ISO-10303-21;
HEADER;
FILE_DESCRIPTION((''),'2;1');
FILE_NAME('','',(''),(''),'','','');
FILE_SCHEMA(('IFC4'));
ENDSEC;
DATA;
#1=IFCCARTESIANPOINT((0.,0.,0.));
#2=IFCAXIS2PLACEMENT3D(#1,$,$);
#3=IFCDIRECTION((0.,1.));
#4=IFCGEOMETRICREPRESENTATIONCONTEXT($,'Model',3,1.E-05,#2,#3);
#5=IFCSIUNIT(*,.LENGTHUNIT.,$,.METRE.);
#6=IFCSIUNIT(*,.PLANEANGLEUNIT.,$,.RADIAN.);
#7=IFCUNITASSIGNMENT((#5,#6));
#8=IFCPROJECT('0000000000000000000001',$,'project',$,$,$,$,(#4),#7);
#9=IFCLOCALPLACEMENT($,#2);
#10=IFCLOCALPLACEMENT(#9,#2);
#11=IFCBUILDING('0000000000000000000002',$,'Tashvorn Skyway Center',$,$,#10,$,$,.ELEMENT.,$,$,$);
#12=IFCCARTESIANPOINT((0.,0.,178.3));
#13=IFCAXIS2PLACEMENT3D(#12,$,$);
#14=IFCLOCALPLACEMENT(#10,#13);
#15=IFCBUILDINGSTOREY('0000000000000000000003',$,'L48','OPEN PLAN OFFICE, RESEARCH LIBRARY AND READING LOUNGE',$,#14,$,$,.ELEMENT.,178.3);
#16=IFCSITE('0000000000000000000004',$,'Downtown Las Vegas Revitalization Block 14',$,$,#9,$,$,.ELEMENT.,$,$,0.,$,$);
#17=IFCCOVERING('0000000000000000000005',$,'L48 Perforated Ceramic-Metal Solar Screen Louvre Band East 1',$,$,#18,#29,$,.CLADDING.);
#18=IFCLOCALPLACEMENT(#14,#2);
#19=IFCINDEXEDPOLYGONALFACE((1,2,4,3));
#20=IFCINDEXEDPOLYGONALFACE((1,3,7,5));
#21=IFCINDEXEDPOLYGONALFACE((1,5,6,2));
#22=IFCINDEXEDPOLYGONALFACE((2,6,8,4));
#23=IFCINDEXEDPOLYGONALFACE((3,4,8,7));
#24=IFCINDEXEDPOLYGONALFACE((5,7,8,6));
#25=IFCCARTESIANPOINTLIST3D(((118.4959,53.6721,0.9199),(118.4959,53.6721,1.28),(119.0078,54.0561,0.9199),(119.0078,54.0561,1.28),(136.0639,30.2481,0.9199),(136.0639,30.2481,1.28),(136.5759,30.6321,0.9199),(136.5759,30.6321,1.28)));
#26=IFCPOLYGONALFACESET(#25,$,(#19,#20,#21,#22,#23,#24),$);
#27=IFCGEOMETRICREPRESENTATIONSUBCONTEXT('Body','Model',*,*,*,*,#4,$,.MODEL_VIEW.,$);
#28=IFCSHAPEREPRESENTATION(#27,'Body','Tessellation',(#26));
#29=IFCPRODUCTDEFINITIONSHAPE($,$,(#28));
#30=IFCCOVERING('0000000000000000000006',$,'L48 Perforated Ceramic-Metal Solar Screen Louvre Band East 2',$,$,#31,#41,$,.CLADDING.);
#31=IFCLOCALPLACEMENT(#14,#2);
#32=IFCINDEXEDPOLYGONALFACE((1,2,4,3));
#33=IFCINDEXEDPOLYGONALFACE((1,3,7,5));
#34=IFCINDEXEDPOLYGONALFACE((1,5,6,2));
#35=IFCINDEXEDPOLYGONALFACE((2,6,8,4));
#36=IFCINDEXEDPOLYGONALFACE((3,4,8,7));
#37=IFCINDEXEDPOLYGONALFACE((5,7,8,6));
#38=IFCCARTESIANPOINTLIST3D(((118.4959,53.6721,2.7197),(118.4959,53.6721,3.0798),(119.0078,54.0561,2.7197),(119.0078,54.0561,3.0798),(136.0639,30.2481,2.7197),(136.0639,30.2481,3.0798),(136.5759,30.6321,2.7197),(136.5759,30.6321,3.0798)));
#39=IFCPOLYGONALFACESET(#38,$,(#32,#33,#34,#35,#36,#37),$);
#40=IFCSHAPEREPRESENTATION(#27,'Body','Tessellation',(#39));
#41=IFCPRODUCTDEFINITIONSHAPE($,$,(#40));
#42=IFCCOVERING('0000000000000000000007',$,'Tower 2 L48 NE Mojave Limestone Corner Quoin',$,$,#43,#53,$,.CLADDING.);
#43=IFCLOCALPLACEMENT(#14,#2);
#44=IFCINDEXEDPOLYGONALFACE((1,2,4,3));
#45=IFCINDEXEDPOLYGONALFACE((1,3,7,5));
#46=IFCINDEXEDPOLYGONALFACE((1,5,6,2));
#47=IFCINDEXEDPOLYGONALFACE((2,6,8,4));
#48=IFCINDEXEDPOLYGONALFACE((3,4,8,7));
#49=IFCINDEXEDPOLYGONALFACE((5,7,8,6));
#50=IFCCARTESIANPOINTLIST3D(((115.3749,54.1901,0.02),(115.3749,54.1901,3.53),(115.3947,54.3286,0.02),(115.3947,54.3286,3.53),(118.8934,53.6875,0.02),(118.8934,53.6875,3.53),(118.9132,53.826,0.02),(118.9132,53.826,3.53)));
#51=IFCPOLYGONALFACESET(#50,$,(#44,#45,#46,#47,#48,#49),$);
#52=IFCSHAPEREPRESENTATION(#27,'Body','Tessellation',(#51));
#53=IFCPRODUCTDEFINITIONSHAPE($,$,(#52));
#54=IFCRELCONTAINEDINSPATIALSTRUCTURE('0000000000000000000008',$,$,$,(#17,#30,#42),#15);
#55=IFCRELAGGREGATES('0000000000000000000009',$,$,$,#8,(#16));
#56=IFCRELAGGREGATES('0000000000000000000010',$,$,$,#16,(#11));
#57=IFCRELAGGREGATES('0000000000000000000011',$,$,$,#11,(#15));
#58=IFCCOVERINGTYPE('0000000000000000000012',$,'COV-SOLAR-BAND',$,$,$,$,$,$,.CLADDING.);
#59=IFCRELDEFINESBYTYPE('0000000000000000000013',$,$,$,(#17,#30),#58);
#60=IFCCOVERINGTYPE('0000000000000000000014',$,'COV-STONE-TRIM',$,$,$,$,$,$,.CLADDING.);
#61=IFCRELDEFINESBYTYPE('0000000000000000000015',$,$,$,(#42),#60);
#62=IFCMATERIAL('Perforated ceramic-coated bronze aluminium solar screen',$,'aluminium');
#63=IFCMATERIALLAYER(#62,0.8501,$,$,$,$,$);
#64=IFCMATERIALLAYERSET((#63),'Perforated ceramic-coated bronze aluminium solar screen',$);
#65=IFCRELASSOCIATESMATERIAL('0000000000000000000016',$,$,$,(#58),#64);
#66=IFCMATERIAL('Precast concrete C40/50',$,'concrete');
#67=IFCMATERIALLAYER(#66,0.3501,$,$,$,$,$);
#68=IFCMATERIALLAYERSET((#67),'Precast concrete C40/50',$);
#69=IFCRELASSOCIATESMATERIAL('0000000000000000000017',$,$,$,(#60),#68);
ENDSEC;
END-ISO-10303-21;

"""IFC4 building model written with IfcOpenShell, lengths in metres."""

from ifc_helpers import new_model, si_unit, direction, frame, origin, origin_2d, place, context, subcontext, project, spatial, rectangle, extrude, material, layer, layer_set, type_object, element, save


model = new_model("IFC4")

# Units and contexts
model_context = context("Model", 3, precision=1e-05, world=origin(), true_north=direction((0.0, 1.0)))
body_context = subcontext(model_context, "Body", "Model", "MODEL_VIEW")
ifc_project = project(units=[si_unit("LENGTHUNIT", "METRE"), si_unit("PLANEANGLEUNIT", "RADIAN")], contexts=[model_context])

# Site, building, storey
site_placement = place(None, origin())
site = spatial("IfcSite", under=ifc_project, at=site_placement, Name="Downtown Las Vegas Revitalization Block 14", CompositionType="ELEMENT", RefElevation=0.0)
building_placement = place(site_placement, origin())
building = spatial("IfcBuilding", under=site, at=building_placement, Name="Tashvorn Skyway Center", CompositionType="ELEMENT")
storey_placement = place(building_placement, frame((0.0, 0.0, 178.3)))
storey = spatial("IfcBuildingStorey", under=building, at=storey_placement, Name="L48", Description="OPEN PLAN OFFICE, RESEARCH LIBRARY AND READING LOUNGE", CompositionType="ELEMENT", Elevation=178.3)

# Shared definitions
ifc_material_1 = material(Name="Precast concrete C40/50", Category="concrete")

# Coverings
ifc_material_2 = material(Name="Perforated ceramic-coated bronze aluminium solar screen", Category="aluminium")
ifc_layer_1 = layer(ifc_material_2, 0.8501)
ifc_layer_set_1 = layer_set([ifc_layer_1], Name="Perforated ceramic-coated bronze aluminium solar screen")
covering_type_1 = type_object("IfcCoveringType", Name="COV-SOLAR-BAND", PredefinedType="CLADDING", material=ifc_layer_set_1)
for number, where, z_axis, x_axis, name in (
    (1, (127.5359, 42.1521, 0.9199), (0.0, 0.0, 1.0), (0.6, -0.8, 0.0), "L48 Perforated Ceramic-Metal Solar Screen Louvre Band East 1"),
    (2, (127.5359, 42.1521, 2.7197), (0.0, 0.0, 1.0), (0.6, -0.8, 0.0), "L48 Perforated Ceramic-Metal Solar Screen Louvre Band East 2"),
):
    element("IfcCovering", number, at=place(storey_placement, frame(where, z_axis=z_axis, x_axis=x_axis)), inside=storey, type_object=covering_type_1, Name=name, PredefinedType="CLADDING", context=body_context, shape_type="SweptSolid", body=[
        extrude(rectangle(XDim=29.28, YDim=0.6399, at=origin_2d()), origin(), (0.0, 0.0, 1.0), 0.3601),
    ])
ifc_layer_2 = layer(ifc_material_1, 0.3501)
ifc_layer_set_2 = layer_set([ifc_layer_2], Name="Precast concrete C40/50")
covering_type_2 = type_object("IfcCoveringType", Name="COV-STONE-TRIM", PredefinedType="CLADDING", material=ifc_layer_set_2)
covering_1_placement = place(storey_placement, frame((117.144, 54.0081, 0.02), z_axis=(0.0, 0.0, 1.0), x_axis=(0.989949, -0.141421, 0.0)))
element("IfcCovering", 3, at=covering_1_placement, inside=storey, type_object=covering_type_2, Name="Tower 2 L48 NE Mojave Limestone Corner Quoin", PredefinedType="CLADDING", context=body_context, shape_type="SweptSolid", body=[
    extrude(rectangle(XDim=3.5542, YDim=0.1399, at=origin_2d()), origin(), (0.0, 0.0, 1.0), 3.51),
])

save(model, "model.ifc")
